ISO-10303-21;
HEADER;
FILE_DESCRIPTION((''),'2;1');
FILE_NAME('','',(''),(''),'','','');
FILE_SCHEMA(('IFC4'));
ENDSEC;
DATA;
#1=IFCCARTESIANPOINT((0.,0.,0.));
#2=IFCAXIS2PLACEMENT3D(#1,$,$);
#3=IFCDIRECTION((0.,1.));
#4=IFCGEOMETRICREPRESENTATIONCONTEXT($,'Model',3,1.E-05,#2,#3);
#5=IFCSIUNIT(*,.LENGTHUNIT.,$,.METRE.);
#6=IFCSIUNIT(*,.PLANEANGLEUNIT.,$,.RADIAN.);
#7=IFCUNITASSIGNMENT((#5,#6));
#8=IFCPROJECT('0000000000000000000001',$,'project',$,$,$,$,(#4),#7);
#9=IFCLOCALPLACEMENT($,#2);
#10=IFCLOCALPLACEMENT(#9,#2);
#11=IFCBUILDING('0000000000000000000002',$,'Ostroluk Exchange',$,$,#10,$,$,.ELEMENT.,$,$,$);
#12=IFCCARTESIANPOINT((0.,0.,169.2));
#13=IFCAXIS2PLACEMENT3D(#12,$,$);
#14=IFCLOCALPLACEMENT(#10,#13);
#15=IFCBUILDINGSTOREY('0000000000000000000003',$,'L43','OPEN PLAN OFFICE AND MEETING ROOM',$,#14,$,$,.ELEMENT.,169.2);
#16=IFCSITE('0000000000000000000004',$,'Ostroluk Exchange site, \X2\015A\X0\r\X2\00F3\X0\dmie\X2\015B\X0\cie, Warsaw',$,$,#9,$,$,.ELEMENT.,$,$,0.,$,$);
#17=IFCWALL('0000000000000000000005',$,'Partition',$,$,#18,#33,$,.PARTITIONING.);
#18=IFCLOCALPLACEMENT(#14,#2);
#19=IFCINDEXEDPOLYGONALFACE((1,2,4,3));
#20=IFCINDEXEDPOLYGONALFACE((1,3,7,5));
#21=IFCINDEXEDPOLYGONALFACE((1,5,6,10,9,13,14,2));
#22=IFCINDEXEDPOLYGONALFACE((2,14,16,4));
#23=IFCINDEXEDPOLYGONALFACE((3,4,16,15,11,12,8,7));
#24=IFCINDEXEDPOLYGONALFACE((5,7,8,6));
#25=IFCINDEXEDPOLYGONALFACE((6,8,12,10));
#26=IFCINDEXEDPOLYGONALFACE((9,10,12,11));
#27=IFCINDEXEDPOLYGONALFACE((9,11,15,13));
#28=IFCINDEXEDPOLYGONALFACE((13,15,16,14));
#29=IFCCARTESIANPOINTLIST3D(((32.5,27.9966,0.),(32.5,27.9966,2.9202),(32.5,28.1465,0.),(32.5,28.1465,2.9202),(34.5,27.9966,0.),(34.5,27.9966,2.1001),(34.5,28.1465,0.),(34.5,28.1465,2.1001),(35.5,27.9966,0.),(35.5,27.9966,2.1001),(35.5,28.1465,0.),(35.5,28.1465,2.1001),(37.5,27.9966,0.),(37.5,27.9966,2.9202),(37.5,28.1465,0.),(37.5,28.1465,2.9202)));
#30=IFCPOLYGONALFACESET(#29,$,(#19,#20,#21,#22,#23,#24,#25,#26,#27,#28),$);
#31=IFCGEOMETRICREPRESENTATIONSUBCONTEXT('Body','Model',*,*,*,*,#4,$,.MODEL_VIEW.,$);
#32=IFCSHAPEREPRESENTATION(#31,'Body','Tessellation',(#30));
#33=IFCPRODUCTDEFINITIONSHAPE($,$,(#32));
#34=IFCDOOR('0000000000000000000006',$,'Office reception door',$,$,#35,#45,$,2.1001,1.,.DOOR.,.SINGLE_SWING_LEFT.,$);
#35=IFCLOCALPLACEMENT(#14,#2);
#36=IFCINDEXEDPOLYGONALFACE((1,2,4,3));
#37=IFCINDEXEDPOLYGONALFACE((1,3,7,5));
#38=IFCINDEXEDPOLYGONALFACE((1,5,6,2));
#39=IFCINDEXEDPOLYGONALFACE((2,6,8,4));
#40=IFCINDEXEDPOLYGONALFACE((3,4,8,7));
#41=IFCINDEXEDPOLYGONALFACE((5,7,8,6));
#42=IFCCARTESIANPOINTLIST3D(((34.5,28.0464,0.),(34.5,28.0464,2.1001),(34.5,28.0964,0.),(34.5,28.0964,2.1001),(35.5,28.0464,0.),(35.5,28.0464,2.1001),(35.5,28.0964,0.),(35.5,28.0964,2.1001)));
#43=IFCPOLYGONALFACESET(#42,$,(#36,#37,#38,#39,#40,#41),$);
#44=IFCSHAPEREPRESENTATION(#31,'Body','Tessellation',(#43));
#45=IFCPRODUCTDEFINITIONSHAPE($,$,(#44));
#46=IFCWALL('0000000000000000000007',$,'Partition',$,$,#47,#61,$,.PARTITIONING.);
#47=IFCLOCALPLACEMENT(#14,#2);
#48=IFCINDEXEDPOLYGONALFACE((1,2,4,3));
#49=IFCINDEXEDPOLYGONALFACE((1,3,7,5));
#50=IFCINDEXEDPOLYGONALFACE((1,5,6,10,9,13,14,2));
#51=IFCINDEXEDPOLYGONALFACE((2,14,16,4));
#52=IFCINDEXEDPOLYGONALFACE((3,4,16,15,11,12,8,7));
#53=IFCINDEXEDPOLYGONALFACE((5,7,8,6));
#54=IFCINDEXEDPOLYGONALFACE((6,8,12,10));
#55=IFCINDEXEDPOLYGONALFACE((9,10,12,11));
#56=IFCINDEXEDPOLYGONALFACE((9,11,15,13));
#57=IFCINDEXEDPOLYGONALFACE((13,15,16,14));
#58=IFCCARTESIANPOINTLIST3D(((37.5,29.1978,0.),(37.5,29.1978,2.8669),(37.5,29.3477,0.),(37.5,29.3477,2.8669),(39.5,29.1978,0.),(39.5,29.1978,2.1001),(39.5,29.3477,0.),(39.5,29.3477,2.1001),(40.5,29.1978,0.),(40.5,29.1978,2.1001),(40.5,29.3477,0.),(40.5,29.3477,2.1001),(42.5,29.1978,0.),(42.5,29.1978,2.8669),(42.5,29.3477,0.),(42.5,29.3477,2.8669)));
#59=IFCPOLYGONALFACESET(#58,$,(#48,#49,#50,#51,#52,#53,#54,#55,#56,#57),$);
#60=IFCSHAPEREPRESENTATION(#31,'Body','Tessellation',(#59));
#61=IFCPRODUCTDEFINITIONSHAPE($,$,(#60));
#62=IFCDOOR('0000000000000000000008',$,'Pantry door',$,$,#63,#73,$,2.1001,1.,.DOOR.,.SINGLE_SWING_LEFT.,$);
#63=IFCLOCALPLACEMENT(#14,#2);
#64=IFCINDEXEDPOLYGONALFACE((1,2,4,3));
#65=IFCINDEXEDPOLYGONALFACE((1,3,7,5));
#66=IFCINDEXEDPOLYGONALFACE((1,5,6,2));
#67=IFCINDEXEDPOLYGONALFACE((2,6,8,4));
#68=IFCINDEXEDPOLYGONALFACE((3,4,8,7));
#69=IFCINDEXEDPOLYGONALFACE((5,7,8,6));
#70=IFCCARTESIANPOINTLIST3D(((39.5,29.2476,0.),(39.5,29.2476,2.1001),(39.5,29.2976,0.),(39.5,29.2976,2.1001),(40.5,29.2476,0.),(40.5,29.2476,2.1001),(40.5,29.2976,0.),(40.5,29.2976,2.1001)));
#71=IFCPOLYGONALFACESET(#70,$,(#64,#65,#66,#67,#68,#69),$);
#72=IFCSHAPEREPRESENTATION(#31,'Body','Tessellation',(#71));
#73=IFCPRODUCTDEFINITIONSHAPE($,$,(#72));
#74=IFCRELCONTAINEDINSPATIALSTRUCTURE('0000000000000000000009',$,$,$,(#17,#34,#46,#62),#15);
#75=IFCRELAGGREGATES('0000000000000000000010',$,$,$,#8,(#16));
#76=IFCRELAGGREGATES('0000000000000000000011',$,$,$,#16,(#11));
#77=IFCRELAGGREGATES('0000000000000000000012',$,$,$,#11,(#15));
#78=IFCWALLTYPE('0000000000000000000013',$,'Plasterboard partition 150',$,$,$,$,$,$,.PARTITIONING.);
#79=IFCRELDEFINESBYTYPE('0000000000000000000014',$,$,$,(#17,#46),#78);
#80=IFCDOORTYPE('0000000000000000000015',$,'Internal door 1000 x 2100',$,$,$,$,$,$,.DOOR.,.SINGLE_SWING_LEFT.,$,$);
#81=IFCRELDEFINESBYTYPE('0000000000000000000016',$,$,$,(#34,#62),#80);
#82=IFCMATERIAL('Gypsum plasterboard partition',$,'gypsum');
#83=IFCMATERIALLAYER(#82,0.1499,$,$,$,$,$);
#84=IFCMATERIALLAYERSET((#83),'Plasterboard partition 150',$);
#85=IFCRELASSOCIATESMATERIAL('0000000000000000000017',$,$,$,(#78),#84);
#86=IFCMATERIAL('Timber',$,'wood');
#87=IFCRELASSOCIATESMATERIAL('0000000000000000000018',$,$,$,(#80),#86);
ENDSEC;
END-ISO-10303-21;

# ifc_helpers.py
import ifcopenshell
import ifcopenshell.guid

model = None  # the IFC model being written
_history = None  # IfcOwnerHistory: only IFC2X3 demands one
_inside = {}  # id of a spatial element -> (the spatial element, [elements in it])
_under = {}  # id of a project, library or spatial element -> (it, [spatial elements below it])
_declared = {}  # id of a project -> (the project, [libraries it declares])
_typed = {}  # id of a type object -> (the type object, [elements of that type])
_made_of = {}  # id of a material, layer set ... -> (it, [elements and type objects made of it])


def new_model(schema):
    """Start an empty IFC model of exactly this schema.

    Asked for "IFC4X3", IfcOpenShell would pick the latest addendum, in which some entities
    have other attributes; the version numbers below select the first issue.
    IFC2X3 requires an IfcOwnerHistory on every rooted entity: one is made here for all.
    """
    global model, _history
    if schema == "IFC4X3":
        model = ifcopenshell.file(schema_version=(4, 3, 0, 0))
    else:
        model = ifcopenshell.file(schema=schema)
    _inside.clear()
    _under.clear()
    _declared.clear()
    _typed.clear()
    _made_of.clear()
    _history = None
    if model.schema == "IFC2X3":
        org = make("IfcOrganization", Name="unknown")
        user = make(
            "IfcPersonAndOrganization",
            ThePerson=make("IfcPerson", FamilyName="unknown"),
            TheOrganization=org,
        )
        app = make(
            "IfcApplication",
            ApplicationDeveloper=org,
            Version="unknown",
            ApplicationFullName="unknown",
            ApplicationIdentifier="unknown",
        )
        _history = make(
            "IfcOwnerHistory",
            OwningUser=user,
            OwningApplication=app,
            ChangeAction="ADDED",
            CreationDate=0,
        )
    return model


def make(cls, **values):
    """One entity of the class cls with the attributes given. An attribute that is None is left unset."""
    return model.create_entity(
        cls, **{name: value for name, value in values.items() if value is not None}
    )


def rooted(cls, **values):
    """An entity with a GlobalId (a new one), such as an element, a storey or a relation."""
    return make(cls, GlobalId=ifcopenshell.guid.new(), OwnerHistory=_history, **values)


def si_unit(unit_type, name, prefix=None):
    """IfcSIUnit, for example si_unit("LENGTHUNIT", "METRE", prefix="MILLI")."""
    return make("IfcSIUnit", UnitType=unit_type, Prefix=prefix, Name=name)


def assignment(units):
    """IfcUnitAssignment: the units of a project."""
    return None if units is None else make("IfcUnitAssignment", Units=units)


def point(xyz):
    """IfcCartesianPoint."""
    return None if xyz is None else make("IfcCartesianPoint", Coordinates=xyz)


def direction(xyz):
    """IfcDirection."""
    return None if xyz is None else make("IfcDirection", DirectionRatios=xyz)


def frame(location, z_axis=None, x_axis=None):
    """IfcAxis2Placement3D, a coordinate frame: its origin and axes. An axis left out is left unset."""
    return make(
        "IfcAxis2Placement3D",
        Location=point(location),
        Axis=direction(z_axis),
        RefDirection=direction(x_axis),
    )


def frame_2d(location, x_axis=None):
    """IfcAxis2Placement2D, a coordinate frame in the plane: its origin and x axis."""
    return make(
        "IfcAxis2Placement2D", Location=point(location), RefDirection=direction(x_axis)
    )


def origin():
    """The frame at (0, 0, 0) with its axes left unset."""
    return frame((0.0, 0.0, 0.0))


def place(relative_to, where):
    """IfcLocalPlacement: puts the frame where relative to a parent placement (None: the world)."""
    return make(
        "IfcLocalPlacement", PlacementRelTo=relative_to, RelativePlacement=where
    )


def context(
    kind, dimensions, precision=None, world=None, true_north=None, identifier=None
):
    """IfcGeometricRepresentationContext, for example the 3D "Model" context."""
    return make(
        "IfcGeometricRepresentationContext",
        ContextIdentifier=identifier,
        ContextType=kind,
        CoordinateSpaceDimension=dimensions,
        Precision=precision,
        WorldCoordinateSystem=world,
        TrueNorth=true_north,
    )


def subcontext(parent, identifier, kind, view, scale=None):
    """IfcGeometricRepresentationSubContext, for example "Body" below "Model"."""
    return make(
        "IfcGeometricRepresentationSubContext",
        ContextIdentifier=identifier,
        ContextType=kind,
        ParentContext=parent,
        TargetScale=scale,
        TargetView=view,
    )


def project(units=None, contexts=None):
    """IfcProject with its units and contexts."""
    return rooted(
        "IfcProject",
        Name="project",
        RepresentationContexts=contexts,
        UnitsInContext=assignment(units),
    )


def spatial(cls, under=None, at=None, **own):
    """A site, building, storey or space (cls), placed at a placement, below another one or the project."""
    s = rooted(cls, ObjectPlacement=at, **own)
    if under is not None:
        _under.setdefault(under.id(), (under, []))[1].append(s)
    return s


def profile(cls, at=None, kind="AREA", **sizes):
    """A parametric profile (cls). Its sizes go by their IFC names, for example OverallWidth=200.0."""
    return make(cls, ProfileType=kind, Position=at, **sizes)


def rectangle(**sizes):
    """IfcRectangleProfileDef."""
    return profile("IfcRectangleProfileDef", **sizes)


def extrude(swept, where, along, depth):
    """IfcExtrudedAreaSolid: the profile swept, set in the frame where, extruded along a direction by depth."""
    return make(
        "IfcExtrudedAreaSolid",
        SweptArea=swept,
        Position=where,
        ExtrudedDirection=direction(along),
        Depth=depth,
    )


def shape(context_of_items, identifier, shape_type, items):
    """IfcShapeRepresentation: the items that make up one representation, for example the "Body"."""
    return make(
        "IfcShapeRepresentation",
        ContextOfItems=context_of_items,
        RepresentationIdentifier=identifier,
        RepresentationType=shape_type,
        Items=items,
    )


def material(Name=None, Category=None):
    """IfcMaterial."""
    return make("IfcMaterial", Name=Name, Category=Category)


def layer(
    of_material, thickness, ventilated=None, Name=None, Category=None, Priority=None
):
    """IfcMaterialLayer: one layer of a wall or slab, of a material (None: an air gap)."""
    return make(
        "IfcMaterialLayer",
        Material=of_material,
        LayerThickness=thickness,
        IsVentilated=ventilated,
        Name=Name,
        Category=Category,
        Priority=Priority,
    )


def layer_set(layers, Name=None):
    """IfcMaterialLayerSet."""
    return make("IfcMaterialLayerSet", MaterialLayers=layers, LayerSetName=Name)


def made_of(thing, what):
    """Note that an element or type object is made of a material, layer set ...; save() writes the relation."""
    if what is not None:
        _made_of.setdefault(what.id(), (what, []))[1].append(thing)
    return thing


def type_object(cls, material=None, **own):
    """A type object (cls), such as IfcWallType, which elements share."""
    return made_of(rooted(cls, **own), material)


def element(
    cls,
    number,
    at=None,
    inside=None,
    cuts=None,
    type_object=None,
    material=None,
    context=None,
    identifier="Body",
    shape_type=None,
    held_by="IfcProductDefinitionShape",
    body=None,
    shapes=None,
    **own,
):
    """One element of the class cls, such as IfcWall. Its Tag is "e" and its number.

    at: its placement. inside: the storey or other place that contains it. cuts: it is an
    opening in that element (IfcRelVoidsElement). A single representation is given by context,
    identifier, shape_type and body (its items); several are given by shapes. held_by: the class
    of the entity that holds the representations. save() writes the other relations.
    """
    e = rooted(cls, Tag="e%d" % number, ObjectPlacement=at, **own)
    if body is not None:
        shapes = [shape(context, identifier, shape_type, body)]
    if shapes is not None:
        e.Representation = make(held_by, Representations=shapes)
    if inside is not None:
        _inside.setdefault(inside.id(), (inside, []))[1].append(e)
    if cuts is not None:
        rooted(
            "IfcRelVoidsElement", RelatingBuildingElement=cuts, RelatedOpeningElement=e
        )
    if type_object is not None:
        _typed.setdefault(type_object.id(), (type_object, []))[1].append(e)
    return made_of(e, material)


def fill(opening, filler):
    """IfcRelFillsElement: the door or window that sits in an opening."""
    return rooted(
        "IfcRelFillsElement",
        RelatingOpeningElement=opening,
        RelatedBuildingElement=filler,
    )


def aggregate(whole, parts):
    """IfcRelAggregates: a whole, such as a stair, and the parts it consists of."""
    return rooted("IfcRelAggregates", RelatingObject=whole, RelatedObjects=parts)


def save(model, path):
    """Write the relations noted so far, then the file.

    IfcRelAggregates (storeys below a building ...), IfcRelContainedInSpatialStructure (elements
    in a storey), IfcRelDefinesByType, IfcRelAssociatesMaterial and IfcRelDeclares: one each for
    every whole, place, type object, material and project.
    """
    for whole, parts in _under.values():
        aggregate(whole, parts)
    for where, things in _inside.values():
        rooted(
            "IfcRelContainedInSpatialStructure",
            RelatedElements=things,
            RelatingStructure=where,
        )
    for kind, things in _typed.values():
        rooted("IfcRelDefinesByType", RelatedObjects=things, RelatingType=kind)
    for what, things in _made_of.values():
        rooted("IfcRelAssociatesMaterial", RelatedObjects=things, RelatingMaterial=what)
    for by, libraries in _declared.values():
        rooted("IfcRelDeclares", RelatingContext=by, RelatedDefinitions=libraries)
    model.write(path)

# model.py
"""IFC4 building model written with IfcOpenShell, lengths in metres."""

from ifc_helpers import new_model, si_unit, direction, frame, frame_2d, origin, place, context, subcontext, project, spatial, rectangle, extrude, material, layer, layer_set, type_object, element, fill, save


model = new_model("IFC4")

# Units and contexts
model_context = context("Model", 3, precision=1e-05, world=origin(), true_north=direction((0.0, 1.0)))
body_context = subcontext(model_context, "Body", "Model", "MODEL_VIEW")
ifc_project = project(units=[si_unit("LENGTHUNIT", "METRE"), si_unit("PLANEANGLEUNIT", "RADIAN")], contexts=[model_context])

# Site, building, storey
site_placement = place(None, origin())
site = spatial("IfcSite", under=ifc_project, at=site_placement, Name="Ostroluk Exchange site, Śródmieście, Warsaw", CompositionType="ELEMENT", RefElevation=0.0)
building_placement = place(site_placement, origin())
building = spatial("IfcBuilding", under=site, at=building_placement, Name="Ostroluk Exchange", CompositionType="ELEMENT")
storey_placement = place(building_placement, frame((0.0, 0.0, 169.2)))
storey = spatial("IfcBuildingStorey", under=building, at=storey_placement, Name="L43", Description="OPEN PLAN OFFICE AND MEETING ROOM", CompositionType="ELEMENT", Elevation=169.2)

# Walls, openings, doors
ifc_material_1 = material(Name="Gypsum plasterboard partition", Category="gypsum")
ifc_layer_1 = layer(ifc_material_1, 0.1499)
ifc_layer_set_1 = layer_set([ifc_layer_1], Name="Plasterboard partition 150")
wall_type = type_object("IfcWallType", Name="Plasterboard partition 150", PredefinedType="PARTITIONING", material=ifc_layer_set_1)
wall_1_placement = place(storey_placement, frame((32.5, 28.0715, 0.0), z_axis=(0.0, 0.0, 1.0), x_axis=(1.0, 0.0, 0.0)))
wall_1 = element("IfcWall", 1, at=wall_1_placement, inside=storey, type_object=wall_type, Name="Partition", PredefinedType="PARTITIONING", context=body_context, shape_type="SweptSolid", body=[
    extrude(rectangle(XDim=5.0, YDim=0.1499, at=frame_2d((2.5, 0.0))), origin(), (0.0, 0.0, 1.0), 2.9202),
])
opening_1_placement = place(wall_1_placement, frame((2.0, 0.0, 0.0)))
opening_1 = element("IfcOpeningElement", 2, at=opening_1_placement, cuts=wall_1, PredefinedType="OPENING", context=body_context, shape_type="SweptSolid", body=[
    extrude(rectangle(XDim=1.0, YDim=2.1001, at=frame_2d((0.5, 1.05))), frame((0.0, 0.085, 0.0), z_axis=(0.0, -1.0, 0.0), x_axis=(1.0, 0.0, 0.0)), (0.0, 0.0, 1.0), 0.1699),
])
ifc_material_2 = material(Name="Timber", Category="wood")
door_type = type_object("IfcDoorType", Name="Internal door 1000 x 2100", OperationType="SINGLE_SWING_LEFT", PredefinedType="DOOR", material=ifc_material_2)
door_1_placement = place(opening_1_placement, origin())
door_1 = element("IfcDoor", 3, at=door_1_placement, inside=storey, type_object=door_type, Name="Office reception door", OperationType="SINGLE_SWING_LEFT", OverallHeight=2.1001, OverallWidth=1.0, PredefinedType="DOOR", context=body_context, shape_type="SweptSolid", body=[
    extrude(rectangle(XDim=1.0, YDim=2.1001, at=frame_2d((0.5, 1.05))), frame((0.0, 0.0249, 0.0), z_axis=(0.0, -1.0, 0.0), x_axis=(1.0, 0.0, 0.0)), (0.0, 0.0, 1.0), 0.05),
])
fill(opening_1, door_1)
wall_2_placement = place(storey_placement, frame((37.5, 29.2727, 0.0), z_axis=(0.0, 0.0, 1.0), x_axis=(1.0, 0.0, 0.0)))
wall_2 = element("IfcWall", 4, at=wall_2_placement, inside=storey, type_object=wall_type, Name="Partition", PredefinedType="PARTITIONING", context=body_context, shape_type="SweptSolid", body=[
    extrude(rectangle(XDim=5.0, YDim=0.1499, at=frame_2d((2.5, 0.0))), origin(), (0.0, 0.0, 1.0), 2.8669),
])
opening_2_placement = place(wall_2_placement, frame((2.0, 0.0, 0.0)))
opening_2 = element("IfcOpeningElement", 5, at=opening_2_placement, cuts=wall_2, PredefinedType="OPENING", context=body_context, shape_type="SweptSolid", body=[
    extrude(rectangle(XDim=1.0, YDim=2.1001, at=frame_2d((0.5, 1.05))), frame((0.0, 0.085, 0.0), z_axis=(0.0, -1.0, 0.0), x_axis=(1.0, 0.0, 0.0)), (0.0, 0.0, 1.0), 0.1699),
])
door_2_placement = place(opening_2_placement, origin())
door_2 = element("IfcDoor", 6, at=door_2_placement, inside=storey, type_object=door_type, Name="Pantry door", OperationType="SINGLE_SWING_LEFT", OverallHeight=2.1001, OverallWidth=1.0, PredefinedType="DOOR", context=body_context, shape_type="SweptSolid", body=[
    extrude(rectangle(XDim=1.0, YDim=2.1001, at=frame_2d((0.5, 1.05))), frame((0.0, 0.0249, 0.0), z_axis=(0.0, -1.0, 0.0), x_axis=(1.0, 0.0, 0.0)), (0.0, 0.0, 1.0), 0.05),
])
fill(opening_2, door_2)

save(model, "model.ifc")
